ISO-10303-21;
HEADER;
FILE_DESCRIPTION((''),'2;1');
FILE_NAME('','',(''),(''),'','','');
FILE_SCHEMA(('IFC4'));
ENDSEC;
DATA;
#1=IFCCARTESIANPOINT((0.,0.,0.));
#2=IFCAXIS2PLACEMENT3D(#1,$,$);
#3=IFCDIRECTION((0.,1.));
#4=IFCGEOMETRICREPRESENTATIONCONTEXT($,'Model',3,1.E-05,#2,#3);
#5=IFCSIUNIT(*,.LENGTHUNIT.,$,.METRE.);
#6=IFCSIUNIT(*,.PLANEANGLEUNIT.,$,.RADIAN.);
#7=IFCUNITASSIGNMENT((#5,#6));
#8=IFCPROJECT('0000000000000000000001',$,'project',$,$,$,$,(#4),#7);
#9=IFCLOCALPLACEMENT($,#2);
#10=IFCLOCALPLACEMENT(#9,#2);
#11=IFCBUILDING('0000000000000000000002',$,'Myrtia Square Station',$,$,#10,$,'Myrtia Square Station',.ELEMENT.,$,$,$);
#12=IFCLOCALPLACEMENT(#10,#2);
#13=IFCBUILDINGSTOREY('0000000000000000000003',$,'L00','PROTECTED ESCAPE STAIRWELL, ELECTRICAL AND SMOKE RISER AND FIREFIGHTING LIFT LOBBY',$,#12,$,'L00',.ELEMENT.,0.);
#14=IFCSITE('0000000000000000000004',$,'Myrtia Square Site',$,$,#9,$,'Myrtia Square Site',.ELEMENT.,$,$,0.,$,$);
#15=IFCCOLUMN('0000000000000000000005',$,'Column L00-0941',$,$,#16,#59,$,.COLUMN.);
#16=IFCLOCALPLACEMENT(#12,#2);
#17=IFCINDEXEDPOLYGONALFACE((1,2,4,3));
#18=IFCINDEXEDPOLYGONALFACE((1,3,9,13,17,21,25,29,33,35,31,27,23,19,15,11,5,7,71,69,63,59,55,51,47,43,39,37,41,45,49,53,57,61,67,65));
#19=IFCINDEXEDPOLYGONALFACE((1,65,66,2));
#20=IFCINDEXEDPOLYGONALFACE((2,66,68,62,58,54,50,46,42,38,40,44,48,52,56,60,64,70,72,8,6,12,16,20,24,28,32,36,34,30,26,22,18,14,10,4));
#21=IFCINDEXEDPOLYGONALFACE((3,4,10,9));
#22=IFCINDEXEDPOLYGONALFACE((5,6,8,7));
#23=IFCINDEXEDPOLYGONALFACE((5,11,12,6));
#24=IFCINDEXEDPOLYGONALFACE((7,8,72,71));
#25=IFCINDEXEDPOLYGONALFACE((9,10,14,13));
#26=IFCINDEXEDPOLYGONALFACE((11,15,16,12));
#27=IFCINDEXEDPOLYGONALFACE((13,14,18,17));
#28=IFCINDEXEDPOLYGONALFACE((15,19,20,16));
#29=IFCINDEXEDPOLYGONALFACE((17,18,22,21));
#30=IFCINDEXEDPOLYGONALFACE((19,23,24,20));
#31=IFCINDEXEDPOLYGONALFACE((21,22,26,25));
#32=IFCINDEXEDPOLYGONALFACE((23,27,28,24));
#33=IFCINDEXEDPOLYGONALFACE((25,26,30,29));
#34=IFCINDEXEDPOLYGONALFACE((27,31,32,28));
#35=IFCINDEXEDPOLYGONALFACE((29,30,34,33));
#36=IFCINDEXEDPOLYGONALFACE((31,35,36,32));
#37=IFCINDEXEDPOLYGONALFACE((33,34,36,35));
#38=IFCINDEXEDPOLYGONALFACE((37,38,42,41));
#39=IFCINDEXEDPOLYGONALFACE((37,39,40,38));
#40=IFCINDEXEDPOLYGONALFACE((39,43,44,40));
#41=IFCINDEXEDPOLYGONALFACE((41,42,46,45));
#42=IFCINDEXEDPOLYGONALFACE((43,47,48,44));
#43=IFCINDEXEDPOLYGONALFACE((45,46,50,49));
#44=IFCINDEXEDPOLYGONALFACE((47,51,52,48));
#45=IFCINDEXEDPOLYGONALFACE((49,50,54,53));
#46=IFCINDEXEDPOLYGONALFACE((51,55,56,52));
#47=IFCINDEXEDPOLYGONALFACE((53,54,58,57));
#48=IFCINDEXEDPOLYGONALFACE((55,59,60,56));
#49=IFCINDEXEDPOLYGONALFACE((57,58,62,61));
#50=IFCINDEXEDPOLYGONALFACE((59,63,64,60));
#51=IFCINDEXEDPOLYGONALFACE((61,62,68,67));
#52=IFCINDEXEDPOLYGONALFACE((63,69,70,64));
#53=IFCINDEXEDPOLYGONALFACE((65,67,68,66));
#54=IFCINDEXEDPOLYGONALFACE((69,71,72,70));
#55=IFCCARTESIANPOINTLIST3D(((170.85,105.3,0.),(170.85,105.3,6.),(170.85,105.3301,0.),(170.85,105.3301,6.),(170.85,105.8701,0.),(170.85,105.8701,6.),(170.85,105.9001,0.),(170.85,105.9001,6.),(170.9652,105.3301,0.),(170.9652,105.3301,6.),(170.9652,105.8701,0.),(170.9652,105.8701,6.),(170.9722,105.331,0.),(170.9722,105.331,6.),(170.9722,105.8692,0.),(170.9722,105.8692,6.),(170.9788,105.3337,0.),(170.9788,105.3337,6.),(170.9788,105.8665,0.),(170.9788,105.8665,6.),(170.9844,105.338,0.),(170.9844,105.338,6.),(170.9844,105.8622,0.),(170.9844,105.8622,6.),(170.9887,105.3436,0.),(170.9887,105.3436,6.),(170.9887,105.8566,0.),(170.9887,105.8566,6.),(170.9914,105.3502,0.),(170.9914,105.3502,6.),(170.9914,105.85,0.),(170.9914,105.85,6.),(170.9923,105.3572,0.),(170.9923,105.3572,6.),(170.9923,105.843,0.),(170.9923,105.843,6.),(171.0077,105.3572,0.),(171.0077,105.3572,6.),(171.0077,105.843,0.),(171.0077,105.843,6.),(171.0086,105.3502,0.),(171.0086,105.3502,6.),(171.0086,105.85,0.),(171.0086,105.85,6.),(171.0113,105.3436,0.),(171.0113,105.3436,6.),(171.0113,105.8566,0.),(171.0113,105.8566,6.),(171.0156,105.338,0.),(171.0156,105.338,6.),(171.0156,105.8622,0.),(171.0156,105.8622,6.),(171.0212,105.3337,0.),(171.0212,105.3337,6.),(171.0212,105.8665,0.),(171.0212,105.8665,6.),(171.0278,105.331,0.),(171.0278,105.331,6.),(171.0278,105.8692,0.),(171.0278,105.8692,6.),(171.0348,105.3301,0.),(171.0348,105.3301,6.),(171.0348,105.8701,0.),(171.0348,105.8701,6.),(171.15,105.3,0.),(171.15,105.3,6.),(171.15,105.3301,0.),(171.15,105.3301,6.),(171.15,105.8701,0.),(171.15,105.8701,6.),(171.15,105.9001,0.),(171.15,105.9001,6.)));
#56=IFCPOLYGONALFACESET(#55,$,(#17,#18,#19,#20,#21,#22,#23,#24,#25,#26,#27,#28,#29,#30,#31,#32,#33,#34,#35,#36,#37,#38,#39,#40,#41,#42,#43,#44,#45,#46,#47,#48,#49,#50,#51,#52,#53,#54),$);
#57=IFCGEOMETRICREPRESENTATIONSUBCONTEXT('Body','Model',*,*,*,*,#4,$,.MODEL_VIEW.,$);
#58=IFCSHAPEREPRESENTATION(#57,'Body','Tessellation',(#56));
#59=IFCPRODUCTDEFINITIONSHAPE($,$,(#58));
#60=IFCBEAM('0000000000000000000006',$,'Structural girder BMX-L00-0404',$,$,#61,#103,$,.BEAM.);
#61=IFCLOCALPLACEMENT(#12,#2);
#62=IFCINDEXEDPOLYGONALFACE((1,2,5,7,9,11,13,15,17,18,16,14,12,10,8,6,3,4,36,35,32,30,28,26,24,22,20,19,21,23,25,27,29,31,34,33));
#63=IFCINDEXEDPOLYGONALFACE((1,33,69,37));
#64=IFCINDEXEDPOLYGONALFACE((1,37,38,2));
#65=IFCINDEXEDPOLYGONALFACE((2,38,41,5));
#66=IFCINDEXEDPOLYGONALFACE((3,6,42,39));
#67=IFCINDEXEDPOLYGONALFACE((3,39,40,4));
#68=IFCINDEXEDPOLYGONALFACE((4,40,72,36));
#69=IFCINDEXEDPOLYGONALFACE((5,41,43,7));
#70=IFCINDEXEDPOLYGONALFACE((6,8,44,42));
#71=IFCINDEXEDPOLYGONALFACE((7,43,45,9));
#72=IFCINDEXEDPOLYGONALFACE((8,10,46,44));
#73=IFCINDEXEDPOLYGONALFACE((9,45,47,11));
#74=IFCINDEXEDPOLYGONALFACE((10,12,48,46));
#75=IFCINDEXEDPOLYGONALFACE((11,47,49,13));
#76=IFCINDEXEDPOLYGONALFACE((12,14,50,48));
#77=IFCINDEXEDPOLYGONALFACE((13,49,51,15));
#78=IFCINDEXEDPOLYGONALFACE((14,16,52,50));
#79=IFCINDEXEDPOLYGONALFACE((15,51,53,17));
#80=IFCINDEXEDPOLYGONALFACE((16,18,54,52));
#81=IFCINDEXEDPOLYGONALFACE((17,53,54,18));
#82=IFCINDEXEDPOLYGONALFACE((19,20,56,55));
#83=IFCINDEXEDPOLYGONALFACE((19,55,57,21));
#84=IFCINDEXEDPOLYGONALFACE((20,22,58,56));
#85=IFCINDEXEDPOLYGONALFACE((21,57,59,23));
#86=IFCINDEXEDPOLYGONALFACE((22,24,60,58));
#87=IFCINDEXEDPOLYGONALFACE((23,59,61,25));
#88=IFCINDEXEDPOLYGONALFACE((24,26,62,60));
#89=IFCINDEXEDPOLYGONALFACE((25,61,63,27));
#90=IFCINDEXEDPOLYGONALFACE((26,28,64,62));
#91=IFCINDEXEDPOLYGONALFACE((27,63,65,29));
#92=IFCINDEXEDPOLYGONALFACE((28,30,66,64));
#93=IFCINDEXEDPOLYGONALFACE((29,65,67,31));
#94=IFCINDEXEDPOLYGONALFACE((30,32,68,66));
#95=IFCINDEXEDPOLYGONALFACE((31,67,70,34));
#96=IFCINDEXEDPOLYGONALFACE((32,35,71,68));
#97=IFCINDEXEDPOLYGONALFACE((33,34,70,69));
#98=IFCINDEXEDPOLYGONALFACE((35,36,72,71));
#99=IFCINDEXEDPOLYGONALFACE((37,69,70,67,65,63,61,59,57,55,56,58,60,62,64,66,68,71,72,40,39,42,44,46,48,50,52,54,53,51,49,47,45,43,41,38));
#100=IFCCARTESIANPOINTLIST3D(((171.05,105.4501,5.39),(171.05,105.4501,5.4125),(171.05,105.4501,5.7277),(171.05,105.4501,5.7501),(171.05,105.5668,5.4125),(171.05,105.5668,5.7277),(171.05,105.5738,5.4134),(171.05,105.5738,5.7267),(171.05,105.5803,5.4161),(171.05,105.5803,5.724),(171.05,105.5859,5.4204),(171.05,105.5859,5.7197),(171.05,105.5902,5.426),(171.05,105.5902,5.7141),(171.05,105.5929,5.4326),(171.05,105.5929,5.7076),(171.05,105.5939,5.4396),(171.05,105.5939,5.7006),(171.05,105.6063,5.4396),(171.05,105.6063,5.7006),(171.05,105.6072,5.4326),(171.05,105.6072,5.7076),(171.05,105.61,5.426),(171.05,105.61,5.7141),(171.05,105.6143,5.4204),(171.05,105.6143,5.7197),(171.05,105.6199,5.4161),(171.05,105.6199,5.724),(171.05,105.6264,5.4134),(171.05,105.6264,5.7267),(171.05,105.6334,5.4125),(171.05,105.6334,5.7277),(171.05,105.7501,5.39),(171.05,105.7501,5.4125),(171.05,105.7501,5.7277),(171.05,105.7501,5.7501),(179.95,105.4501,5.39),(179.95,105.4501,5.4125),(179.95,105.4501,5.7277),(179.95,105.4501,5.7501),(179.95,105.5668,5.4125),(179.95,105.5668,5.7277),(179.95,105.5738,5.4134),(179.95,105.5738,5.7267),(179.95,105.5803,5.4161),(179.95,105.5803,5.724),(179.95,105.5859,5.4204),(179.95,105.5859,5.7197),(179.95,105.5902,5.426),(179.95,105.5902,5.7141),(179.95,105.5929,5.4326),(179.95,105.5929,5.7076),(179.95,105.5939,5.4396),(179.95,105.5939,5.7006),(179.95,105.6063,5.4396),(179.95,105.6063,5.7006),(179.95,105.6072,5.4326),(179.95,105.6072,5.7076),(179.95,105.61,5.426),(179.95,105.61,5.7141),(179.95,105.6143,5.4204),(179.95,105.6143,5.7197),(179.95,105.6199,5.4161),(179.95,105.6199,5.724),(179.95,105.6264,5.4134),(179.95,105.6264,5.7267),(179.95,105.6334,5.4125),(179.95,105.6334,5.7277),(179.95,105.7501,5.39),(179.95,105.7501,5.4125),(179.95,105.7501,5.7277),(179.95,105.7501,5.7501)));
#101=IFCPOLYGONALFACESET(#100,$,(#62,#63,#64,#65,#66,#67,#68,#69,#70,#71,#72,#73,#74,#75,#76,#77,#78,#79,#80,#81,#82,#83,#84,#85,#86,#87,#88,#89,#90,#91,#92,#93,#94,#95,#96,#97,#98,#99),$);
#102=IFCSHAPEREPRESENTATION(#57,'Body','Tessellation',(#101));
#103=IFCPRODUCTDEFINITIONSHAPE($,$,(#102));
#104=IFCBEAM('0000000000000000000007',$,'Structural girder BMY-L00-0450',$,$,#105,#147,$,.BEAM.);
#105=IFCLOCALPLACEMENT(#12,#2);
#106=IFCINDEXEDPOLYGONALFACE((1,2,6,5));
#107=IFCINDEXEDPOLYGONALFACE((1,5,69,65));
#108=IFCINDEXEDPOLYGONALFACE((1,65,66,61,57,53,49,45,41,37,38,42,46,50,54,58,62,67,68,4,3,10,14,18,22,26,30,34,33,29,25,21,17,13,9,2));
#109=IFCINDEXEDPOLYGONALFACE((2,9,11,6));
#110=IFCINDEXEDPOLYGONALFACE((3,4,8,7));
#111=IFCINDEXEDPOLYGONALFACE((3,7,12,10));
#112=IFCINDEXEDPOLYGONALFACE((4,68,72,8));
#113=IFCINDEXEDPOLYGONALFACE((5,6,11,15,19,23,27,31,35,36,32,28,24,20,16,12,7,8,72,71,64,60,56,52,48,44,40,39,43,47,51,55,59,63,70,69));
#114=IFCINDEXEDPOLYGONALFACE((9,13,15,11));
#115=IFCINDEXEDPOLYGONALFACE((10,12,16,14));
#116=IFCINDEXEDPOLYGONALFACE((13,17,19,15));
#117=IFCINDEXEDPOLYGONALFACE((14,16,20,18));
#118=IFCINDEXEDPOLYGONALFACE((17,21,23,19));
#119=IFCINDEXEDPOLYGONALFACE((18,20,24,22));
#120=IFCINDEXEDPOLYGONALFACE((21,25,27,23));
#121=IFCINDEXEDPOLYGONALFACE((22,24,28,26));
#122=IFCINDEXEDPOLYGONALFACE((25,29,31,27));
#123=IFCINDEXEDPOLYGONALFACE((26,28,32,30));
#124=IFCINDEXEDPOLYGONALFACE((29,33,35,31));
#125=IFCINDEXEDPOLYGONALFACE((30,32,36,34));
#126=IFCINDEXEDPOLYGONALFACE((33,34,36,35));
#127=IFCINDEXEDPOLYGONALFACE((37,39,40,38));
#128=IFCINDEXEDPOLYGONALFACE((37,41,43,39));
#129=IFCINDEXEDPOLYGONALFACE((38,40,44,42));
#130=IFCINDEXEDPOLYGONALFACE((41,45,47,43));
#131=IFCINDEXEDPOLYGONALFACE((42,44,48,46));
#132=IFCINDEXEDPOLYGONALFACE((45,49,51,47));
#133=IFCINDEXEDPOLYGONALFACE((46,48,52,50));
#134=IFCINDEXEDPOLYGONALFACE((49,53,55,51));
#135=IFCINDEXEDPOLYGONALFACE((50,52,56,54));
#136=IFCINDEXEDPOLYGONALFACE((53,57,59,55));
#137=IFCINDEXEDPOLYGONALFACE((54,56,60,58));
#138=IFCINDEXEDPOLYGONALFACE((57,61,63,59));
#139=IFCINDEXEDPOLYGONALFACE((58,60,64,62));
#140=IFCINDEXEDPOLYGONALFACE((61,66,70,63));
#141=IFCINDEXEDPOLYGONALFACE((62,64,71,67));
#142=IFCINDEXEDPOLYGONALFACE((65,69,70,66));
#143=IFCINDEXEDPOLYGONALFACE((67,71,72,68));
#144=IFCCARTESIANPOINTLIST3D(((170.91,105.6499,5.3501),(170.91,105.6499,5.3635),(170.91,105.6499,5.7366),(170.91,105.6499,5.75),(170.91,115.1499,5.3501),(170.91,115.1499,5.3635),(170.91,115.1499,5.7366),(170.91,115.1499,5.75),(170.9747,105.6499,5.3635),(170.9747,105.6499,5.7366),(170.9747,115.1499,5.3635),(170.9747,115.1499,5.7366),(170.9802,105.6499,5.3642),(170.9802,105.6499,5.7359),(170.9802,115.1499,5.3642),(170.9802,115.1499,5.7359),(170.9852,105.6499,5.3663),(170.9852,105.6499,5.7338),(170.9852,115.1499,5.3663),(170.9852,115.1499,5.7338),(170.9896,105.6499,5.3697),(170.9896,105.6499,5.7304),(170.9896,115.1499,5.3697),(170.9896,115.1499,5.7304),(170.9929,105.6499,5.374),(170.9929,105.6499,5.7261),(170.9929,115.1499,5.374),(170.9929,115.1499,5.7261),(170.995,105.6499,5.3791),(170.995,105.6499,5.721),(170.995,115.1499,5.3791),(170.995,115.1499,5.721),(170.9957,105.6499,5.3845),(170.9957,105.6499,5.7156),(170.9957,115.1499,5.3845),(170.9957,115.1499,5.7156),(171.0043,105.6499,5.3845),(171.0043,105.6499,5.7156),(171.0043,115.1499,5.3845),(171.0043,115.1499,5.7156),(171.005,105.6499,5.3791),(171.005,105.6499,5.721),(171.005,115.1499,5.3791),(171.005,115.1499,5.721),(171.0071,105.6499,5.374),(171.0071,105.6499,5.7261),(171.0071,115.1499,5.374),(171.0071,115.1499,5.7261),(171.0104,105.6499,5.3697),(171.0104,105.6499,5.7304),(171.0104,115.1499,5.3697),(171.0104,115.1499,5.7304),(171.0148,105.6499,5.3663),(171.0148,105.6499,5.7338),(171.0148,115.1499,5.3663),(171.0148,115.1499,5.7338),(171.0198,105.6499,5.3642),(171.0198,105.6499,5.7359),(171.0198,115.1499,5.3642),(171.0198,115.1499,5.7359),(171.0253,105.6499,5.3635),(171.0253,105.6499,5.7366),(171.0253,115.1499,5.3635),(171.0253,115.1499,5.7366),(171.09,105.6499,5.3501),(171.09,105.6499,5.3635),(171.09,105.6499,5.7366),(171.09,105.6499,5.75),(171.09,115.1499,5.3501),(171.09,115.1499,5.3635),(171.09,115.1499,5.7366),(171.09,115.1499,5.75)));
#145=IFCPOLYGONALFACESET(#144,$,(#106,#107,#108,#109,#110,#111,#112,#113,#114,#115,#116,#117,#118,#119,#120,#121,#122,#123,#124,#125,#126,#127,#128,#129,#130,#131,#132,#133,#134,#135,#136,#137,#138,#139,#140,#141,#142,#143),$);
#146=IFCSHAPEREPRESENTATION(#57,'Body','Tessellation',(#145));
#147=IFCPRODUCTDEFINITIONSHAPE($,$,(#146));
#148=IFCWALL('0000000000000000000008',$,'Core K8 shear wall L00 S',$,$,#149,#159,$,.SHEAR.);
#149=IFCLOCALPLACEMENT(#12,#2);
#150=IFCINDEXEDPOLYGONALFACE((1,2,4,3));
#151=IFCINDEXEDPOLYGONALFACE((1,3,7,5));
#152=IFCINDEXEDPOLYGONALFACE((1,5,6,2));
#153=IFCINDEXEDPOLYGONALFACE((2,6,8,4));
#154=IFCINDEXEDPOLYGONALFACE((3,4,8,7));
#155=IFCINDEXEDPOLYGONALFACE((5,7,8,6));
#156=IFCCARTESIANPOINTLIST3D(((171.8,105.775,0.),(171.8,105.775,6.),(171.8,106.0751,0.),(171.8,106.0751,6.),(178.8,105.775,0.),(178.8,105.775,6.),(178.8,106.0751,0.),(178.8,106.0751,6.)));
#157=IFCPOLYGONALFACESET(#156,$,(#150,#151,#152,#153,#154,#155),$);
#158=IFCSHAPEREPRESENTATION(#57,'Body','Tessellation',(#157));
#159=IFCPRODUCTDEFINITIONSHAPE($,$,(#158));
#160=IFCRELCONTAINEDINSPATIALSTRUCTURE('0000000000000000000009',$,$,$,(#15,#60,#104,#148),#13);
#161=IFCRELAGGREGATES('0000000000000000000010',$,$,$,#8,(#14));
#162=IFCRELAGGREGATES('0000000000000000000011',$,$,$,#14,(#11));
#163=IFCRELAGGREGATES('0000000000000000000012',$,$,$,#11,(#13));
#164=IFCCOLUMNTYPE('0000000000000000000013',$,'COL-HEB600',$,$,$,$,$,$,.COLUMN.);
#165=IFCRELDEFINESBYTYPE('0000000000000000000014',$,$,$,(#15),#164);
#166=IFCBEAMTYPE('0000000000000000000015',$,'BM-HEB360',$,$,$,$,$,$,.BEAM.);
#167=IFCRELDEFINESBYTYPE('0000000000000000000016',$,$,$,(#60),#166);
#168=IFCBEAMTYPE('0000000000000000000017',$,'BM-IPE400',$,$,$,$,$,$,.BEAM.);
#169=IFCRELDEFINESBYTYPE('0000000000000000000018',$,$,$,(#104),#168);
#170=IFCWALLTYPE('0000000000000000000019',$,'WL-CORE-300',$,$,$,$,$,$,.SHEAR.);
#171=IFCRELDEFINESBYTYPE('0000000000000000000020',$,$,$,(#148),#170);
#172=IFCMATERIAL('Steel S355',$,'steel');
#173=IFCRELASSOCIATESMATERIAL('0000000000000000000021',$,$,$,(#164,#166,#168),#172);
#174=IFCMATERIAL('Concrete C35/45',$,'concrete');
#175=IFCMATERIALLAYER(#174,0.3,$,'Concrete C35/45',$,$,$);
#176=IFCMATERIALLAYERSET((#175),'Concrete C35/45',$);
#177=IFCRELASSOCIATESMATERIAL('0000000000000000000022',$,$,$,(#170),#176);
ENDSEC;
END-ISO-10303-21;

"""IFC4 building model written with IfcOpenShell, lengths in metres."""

from ifc_helpers import new_model, si_unit, direction, frame, frame_2d, origin, origin_2d, place, context, subcontext, project, spatial, rectangle, i_section, extrude, material, layer, layer_set, material_profile, profile_set, type_object, element, save


model = new_model("IFC4")

# Units and contexts
model_context = context("Model", 3, precision=1e-05, world=origin(), true_north=direction((0.0, 1.0)))
body_context = subcontext(model_context, "Body", "Model", "MODEL_VIEW")
ifc_project = project(units=[si_unit("LENGTHUNIT", "METRE"), si_unit("PLANEANGLEUNIT", "RADIAN")], contexts=[model_context])

# Site, building, storey
site_placement = place(None, origin())
site = spatial("IfcSite", under=ifc_project, at=site_placement, Name="Myrtia Square Site", LongName="Myrtia Square Site", CompositionType="ELEMENT", RefElevation=0.0)
building_placement = place(site_placement, origin())
building = spatial("IfcBuilding", under=site, at=building_placement, Name="Myrtia Square Station", LongName="Myrtia Square Station", CompositionType="ELEMENT")
storey_placement = place(building_placement, origin())
storey = spatial("IfcBuildingStorey", under=building, at=storey_placement, Name="L00", Description="PROTECTED ESCAPE STAIRWELL, ELECTRICAL AND SMOKE RISER AND FIREFIGHTING LIFT LOBBY", LongName="L00", CompositionType="ELEMENT", Elevation=0.0)

# Column
ifc_material_1 = material(Name="Steel S355", Category="steel")
ifc_material_profile_1 = material_profile(ifc_material_1, i_section(OverallWidth=0.3, OverallDepth=0.6001, WebThickness=0.0154, FlangeThickness=0.03, FilletRadius=0.0271, at=origin_2d()), Name="HEB 600")
ifc_profile_set_1 = profile_set([ifc_material_profile_1], Name="Steel S355")
column_type = type_object("IfcColumnType", Name="COL-HEB600", PredefinedType="COLUMN", material=ifc_profile_set_1)
column_placement = place(storey_placement, frame((171.0, 105.6001, 0.0), z_axis=(0.0, 0.0, 1.0), x_axis=(1.0, 0.0, 0.0)))
element("IfcColumn", 1, at=column_placement, inside=storey, type_object=column_type, Name="Column L00-0941", PredefinedType="COLUMN", context=body_context, shape_type="SweptSolid", body=[
    extrude(i_section(OverallWidth=0.3, OverallDepth=0.6001, WebThickness=0.0154, FlangeThickness=0.03, FilletRadius=0.0271, at=origin_2d()), origin(), (0.0, 0.0, 1.0), 6.0),
])

# Beams
ifc_material_profile_2 = material_profile(ifc_material_1, i_section(OverallWidth=0.3, OverallDepth=0.3601, WebThickness=0.0125, FlangeThickness=0.0225, FilletRadius=0.0271, at=origin_2d()), Name="HEB 360")
ifc_profile_set_2 = profile_set([ifc_material_profile_2], Name="Steel S355")
beam_type_1 = type_object("IfcBeamType", Name="BM-HEB360", PredefinedType="BEAM", material=ifc_profile_set_2)
beam_1_placement = place(storey_placement, frame((171.05, 105.6001, 5.5701), z_axis=(1.0, 0.0, 0.0), x_axis=(0.0, 1.0, 0.0)))
element("IfcBeam", 2, at=beam_1_placement, inside=storey, type_object=beam_type_1, Name="Structural girder BMX-L00-0404", PredefinedType="BEAM", context=body_context, shape_type="SweptSolid", body=[
    extrude(i_section(OverallWidth=0.3, OverallDepth=0.3601, WebThickness=0.0125, FlangeThickness=0.0225, FilletRadius=0.0271, at=origin_2d()), origin(), (0.0, 0.0, 1.0), 8.8999),
])
ifc_material_profile_3 = material_profile(ifc_material_1, i_section(OverallWidth=0.1799, OverallDepth=0.3999, WebThickness=0.0085, FlangeThickness=0.0134, FilletRadius=0.021, at=origin_2d()), Name="IPE 400")
ifc_profile_set_3 = profile_set([ifc_material_profile_3], Name="Steel S355")
beam_type_2 = type_object("IfcBeamType", Name="BM-IPE400", PredefinedType="BEAM", material=ifc_profile_set_3)
beam_2_placement = place(storey_placement, frame((171.0, 105.6499, 5.55), z_axis=(0.0, 1.0, 0.0), x_axis=(-1.0, 0.0, 0.0)))
element("IfcBeam", 3, at=beam_2_placement, inside=storey, type_object=beam_type_2, Name="Structural girder BMY-L00-0450", PredefinedType="BEAM", context=body_context, shape_type="SweptSolid", body=[
    extrude(i_section(OverallWidth=0.1799, OverallDepth=0.3999, WebThickness=0.0085, FlangeThickness=0.0134, FilletRadius=0.021, at=origin_2d()), origin(), (0.0, 0.0, 1.0), 9.5),
])

# Wall
ifc_material_2 = material(Name="Concrete C35/45", Category="concrete")
ifc_layer_1 = layer(ifc_material_2, 0.3, Name="Concrete C35/45")
ifc_layer_set_1 = layer_set([ifc_layer_1], Name="Concrete C35/45")
wall_type_1 = type_object("IfcWallType", Name="WL-CORE-300", PredefinedType="SHEAR", material=ifc_layer_set_1)
wall_1_placement = place(storey_placement, frame((171.8, 105.925, 0.0), z_axis=(0.0, 0.0, 1.0), x_axis=(1.0, 0.0, 0.0)))
element("IfcWall", 4, at=wall_1_placement, inside=storey, type_object=wall_type_1, Name="Core K8 shear wall L00 S", PredefinedType="SHEAR", context=body_context, shape_type="SweptSolid", body=[
    extrude(rectangle(XDim=7.0, YDim=0.3, at=frame_2d((3.5, 0.0))), origin(), (0.0, 0.0, 1.0), 6.0),
])

save(model, "model.ifc")
